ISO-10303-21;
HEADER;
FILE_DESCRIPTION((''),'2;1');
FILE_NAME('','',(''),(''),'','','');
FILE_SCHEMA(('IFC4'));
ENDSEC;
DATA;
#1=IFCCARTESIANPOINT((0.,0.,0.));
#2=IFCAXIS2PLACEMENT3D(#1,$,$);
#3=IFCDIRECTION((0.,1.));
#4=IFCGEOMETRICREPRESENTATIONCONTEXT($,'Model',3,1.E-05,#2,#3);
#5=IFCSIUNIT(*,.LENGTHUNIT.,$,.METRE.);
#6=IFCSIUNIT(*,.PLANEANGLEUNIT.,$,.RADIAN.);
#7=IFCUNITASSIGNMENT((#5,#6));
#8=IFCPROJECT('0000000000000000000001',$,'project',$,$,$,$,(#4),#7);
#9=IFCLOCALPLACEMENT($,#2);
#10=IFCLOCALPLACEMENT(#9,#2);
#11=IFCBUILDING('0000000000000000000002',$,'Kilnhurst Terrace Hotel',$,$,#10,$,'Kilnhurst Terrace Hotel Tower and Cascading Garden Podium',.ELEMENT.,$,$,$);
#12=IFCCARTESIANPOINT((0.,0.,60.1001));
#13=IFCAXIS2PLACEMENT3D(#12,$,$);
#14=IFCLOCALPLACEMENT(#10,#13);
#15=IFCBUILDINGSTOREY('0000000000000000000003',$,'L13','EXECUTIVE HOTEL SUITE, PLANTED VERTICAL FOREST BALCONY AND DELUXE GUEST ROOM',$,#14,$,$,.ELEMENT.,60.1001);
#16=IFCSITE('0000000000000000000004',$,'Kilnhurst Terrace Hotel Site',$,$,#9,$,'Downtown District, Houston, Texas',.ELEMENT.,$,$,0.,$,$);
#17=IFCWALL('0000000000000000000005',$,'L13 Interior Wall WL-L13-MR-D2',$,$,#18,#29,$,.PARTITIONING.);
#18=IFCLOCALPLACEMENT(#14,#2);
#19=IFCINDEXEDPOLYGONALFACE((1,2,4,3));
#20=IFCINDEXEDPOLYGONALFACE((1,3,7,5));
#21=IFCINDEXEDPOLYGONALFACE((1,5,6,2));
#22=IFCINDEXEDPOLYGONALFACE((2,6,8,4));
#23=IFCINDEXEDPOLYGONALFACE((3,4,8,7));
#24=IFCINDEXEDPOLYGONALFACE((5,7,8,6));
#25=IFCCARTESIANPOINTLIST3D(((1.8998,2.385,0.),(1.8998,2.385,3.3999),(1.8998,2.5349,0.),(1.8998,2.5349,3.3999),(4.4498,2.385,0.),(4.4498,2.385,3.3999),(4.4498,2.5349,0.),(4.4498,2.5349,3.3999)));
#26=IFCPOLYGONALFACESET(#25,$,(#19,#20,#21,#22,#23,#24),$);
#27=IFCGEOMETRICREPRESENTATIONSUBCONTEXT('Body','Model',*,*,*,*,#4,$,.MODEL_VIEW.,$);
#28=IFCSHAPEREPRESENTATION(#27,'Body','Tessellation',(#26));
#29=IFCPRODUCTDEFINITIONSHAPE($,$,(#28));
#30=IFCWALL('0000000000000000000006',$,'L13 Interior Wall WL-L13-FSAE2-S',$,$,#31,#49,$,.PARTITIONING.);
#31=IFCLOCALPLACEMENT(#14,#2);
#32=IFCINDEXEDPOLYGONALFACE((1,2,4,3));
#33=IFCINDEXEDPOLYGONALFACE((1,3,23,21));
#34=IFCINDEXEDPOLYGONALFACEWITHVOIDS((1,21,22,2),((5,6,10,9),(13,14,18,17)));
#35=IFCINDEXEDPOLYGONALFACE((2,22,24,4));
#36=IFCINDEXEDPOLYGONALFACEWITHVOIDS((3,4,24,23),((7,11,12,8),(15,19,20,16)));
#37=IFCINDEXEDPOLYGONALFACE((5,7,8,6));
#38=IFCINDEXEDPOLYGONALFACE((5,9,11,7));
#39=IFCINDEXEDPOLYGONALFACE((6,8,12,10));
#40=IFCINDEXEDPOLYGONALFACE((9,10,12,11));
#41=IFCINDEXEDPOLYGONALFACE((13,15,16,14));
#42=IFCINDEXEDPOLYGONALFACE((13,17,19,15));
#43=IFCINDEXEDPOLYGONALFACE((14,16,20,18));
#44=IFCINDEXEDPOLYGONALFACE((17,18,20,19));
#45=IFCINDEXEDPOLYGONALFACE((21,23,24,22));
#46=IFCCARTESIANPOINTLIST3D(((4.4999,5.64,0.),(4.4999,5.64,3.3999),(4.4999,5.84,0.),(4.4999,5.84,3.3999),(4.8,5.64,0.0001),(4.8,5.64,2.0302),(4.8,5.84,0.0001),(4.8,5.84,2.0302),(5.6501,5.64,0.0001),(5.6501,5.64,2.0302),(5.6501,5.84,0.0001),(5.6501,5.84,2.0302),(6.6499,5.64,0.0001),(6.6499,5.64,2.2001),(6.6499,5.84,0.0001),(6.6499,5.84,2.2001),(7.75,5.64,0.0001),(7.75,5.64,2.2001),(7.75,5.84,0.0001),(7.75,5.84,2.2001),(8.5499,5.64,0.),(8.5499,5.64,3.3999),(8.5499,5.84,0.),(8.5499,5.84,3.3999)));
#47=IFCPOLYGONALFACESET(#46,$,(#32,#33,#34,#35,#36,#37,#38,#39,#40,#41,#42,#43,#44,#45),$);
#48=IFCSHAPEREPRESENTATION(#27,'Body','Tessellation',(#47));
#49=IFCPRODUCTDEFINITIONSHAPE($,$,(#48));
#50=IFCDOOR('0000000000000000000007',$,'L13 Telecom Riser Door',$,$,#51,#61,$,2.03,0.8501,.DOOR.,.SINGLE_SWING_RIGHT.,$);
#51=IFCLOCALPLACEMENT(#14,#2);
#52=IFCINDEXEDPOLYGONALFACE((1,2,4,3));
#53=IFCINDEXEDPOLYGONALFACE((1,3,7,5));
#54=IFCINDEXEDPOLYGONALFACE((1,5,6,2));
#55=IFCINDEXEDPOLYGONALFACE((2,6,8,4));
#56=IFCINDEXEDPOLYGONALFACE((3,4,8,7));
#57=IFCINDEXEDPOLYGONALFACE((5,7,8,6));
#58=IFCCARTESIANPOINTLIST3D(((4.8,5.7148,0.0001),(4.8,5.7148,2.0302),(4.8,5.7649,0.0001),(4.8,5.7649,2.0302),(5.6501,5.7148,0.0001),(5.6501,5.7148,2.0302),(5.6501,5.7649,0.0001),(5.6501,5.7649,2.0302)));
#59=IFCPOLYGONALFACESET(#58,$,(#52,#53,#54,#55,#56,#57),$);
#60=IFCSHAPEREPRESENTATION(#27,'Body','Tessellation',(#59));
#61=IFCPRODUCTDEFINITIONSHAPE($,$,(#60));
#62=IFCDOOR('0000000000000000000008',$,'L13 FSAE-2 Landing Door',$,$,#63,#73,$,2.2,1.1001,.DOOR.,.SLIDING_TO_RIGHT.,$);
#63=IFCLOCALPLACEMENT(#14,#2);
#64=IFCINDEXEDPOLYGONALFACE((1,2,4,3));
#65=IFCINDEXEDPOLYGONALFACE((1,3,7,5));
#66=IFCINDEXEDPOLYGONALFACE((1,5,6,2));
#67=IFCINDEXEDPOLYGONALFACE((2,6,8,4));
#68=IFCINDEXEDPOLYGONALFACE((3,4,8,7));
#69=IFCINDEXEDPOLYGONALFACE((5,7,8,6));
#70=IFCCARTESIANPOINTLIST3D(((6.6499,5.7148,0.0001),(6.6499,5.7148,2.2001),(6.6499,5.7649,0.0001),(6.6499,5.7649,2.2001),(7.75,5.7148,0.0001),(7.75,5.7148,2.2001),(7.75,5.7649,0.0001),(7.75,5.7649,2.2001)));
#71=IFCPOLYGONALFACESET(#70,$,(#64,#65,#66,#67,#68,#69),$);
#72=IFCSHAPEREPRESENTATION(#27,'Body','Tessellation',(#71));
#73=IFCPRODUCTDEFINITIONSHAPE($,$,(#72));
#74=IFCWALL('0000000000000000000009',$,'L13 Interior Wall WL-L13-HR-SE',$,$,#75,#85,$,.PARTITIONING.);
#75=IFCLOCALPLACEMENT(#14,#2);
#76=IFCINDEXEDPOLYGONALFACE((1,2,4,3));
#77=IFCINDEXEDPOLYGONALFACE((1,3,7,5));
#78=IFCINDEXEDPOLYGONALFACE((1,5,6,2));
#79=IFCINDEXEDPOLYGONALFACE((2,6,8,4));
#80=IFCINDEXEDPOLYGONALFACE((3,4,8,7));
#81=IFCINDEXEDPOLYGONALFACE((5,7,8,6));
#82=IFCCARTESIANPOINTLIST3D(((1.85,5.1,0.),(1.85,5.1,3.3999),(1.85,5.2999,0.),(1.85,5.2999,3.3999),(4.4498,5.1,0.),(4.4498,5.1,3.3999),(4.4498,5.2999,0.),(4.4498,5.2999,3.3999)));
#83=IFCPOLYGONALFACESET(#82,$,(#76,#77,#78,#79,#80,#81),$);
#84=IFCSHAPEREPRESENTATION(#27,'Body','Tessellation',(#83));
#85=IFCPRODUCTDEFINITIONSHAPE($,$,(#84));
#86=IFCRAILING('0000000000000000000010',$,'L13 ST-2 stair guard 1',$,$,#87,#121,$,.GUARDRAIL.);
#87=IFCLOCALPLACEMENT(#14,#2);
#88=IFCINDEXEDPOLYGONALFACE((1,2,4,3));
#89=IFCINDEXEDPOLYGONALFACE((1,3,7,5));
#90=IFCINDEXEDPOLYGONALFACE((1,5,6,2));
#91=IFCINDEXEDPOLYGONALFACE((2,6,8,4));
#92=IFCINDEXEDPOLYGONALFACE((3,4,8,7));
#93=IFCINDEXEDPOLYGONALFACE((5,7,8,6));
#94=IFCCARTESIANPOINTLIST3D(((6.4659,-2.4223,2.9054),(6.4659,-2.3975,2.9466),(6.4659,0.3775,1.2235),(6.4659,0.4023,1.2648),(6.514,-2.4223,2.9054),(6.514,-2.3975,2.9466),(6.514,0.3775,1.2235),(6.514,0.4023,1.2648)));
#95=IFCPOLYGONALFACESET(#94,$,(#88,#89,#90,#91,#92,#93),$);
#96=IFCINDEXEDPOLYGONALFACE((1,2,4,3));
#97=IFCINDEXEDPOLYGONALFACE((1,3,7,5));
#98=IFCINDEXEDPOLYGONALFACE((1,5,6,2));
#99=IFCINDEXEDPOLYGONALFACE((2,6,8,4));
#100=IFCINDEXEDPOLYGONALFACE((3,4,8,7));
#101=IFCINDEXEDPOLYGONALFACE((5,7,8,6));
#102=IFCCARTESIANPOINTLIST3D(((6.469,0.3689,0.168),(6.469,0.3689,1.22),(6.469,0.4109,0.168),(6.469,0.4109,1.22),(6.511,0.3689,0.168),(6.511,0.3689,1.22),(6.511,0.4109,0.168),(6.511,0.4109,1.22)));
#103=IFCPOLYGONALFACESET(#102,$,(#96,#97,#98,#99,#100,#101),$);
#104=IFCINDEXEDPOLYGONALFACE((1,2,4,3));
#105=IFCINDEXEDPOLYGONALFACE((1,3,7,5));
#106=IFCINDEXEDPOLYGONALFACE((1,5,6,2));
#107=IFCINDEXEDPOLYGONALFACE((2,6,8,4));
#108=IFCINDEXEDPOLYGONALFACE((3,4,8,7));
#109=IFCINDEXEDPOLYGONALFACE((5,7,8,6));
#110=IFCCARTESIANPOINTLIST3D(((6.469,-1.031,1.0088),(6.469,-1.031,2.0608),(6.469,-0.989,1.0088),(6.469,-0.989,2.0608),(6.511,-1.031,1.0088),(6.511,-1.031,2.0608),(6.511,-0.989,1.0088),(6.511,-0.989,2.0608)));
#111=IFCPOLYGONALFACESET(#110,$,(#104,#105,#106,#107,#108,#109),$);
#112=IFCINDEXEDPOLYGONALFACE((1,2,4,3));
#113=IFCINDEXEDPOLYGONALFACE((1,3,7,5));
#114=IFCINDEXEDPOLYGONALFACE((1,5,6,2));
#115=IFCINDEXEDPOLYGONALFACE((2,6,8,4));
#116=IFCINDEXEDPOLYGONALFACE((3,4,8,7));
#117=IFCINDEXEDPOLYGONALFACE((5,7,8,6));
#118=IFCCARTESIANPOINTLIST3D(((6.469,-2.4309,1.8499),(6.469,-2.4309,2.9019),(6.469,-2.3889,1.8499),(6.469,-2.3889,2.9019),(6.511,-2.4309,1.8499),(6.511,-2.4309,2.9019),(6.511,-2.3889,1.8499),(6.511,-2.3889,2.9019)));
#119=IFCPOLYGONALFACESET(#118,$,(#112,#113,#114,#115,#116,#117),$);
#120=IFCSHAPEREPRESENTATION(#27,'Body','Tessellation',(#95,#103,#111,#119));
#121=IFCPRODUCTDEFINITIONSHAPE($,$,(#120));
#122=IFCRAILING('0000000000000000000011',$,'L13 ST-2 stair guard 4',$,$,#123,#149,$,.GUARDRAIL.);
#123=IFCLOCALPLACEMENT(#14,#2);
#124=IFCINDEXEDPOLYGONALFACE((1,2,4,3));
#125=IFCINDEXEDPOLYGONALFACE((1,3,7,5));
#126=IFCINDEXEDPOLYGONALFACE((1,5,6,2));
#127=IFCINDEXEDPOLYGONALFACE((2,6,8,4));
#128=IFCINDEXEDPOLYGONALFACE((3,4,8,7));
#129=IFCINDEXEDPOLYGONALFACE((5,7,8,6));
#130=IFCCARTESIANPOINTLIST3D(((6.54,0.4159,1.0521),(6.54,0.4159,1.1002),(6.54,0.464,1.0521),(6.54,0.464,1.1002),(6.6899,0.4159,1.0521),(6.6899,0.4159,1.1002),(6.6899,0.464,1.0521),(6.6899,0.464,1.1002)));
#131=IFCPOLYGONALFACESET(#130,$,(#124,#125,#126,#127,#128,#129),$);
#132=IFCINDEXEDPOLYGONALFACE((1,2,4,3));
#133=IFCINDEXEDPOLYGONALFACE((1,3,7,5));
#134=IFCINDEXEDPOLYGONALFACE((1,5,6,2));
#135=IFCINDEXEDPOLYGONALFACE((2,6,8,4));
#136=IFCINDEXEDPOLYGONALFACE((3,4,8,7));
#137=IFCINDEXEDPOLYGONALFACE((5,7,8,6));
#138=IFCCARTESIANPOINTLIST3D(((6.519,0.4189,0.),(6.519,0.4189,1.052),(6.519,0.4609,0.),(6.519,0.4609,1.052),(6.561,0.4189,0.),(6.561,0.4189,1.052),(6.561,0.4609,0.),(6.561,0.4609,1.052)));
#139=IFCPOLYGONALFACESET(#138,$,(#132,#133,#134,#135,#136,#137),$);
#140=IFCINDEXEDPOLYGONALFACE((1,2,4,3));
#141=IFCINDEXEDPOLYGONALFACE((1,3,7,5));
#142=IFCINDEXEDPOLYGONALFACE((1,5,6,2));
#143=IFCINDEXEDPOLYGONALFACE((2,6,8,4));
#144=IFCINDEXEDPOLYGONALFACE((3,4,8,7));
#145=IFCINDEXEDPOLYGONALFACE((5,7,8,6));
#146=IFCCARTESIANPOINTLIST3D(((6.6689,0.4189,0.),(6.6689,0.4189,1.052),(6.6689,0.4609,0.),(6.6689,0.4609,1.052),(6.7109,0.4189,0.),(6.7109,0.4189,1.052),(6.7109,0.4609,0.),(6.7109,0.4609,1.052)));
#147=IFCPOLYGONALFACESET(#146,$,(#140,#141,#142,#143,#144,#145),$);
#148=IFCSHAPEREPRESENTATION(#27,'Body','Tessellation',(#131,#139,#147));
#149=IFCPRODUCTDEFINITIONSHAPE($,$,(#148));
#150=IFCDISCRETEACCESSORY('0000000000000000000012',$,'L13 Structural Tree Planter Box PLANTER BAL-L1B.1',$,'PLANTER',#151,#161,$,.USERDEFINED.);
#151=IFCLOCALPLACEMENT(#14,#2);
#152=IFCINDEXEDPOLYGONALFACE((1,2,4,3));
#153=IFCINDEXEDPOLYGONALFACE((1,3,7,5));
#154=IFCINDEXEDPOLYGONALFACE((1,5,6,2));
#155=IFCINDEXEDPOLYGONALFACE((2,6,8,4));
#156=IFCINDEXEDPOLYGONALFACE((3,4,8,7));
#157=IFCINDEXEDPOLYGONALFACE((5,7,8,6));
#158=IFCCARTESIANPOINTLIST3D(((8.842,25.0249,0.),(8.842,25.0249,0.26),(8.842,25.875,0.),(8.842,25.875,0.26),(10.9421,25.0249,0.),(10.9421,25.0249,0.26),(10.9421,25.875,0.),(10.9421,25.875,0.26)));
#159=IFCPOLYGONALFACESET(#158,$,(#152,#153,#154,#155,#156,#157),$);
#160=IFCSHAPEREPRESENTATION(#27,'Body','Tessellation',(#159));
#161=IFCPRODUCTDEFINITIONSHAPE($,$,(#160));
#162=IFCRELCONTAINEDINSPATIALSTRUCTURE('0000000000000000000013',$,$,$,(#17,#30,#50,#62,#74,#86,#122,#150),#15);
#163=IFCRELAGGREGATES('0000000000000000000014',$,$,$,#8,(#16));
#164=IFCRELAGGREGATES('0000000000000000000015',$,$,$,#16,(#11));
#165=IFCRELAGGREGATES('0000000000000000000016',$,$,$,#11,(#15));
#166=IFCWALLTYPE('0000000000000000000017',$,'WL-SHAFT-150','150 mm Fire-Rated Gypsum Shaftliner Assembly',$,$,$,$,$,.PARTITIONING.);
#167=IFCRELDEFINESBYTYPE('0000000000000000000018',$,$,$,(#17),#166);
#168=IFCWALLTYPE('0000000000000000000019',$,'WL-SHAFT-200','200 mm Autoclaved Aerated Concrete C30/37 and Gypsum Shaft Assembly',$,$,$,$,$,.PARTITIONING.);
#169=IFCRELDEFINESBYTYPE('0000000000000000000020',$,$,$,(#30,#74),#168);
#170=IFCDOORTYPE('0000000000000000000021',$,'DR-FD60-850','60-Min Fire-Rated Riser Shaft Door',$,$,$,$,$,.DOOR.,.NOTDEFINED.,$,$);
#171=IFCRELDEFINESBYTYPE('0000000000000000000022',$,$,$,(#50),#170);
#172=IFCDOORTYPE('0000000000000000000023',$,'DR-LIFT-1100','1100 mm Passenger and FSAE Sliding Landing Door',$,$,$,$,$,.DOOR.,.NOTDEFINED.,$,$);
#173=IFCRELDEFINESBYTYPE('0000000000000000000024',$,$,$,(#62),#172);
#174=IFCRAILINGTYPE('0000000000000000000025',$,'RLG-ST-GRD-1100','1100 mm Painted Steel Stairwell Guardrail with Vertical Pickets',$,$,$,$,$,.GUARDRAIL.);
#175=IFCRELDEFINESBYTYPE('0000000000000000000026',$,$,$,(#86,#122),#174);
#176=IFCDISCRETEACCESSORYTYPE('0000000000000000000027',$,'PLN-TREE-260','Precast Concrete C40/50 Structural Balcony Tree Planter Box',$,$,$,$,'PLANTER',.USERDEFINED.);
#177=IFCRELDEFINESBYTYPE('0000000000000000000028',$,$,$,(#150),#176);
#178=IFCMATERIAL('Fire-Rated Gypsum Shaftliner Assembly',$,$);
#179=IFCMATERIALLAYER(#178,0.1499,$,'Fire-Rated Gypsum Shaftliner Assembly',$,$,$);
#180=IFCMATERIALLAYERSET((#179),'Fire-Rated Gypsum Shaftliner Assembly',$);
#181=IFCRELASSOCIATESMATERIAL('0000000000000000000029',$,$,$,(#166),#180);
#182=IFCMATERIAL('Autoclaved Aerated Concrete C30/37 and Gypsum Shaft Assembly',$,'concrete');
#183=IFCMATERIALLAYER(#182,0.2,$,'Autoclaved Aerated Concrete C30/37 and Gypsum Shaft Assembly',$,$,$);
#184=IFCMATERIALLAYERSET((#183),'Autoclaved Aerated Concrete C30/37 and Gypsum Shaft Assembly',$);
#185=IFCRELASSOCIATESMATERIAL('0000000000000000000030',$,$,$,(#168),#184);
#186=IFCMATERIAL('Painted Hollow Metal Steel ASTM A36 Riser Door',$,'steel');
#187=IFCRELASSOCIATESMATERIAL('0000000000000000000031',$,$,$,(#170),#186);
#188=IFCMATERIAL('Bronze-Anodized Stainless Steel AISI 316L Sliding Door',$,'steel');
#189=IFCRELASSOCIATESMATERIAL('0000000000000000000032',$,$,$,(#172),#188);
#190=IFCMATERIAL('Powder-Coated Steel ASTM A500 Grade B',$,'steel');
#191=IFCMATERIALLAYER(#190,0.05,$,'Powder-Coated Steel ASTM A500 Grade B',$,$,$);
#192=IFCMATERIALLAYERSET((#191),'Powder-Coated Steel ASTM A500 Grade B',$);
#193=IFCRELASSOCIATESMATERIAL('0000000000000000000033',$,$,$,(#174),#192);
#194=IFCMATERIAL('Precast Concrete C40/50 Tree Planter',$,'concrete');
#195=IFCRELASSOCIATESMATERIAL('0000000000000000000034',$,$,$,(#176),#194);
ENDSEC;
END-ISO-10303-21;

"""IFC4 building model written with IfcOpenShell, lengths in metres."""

from ifc_helpers import new_model, si_unit, direction, frame, frame_2d, origin, origin_2d, place, context, subcontext, project, spatial, rectangle, extrude, material, layer, layer_set, type_object, element, fill, save


model = new_model("IFC4")

# Units and contexts
model_context = context("Model", 3, precision=1e-05, world=origin(), true_north=direction((0.0, 1.0)))
body_context = subcontext(model_context, "Body", "Model", "MODEL_VIEW")
ifc_project = project(units=[si_unit("LENGTHUNIT", "METRE"), si_unit("PLANEANGLEUNIT", "RADIAN")], contexts=[model_context])

# Site, building, storey
site_placement = place(None, origin())
site = spatial("IfcSite", under=ifc_project, at=site_placement, Name="Kilnhurst Terrace Hotel Site", LongName="Downtown District, Houston, Texas", CompositionType="ELEMENT", RefElevation=0.0)
building_placement = place(site_placement, origin())
building = spatial("IfcBuilding", under=site, at=building_placement, Name="Kilnhurst Terrace Hotel", LongName="Kilnhurst Terrace Hotel Tower and Cascading Garden Podium", CompositionType="ELEMENT")
storey_placement = place(building_placement, frame((0.0, 0.0, 60.1001)))
storey = spatial("IfcBuildingStorey", under=building, at=storey_placement, Name="L13", Description="EXECUTIVE HOTEL SUITE, PLANTED VERTICAL FOREST BALCONY AND DELUXE GUEST ROOM", CompositionType="ELEMENT", Elevation=60.1001)

# Wall
ifc_material_1 = material(Name="Fire-Rated Gypsum Shaftliner Assembly")
ifc_layer_1 = layer(ifc_material_1, 0.1499, Name="Fire-Rated Gypsum Shaftliner Assembly")
ifc_layer_set_1 = layer_set([ifc_layer_1], Name="Fire-Rated Gypsum Shaftliner Assembly")
wall_type_1 = type_object("IfcWallType", Name="WL-SHAFT-150", Description="150 mm Fire-Rated Gypsum Shaftliner Assembly", PredefinedType="PARTITIONING", material=ifc_layer_set_1)
for number, where, z_axis, x_axis, name in (
    (1, (1.8999, 2.46, 0.0), (0.0, 0.0, 1.0), (1.0, 0.0, 0.0), "L13 Interior Wall WL-L13-MR-D2"),
):
    element("IfcWall", number, at=place(storey_placement, frame(where, z_axis=z_axis, x_axis=x_axis)), inside=storey, type_object=wall_type_1, Name=name, PredefinedType="PARTITIONING", context=body_context, shape_type="SweptSolid", body=[
        extrude(rectangle(XDim=2.55, YDim=0.1499, at=frame_2d((1.2749, 0.0))), origin(), (0.0, 0.0, 1.0), 3.3999),
    ])

# Wall, openings, doors
ifc_material_2 = material(Name="Autoclaved Aerated Concrete C30/37 and Gypsum Shaft Assembly", Category="concrete")
ifc_layer_2 = layer(ifc_material_2, 0.2, Name="Autoclaved Aerated Concrete C30/37 and Gypsum Shaft Assembly")
ifc_layer_set_2 = layer_set([ifc_layer_2], Name="Autoclaved Aerated Concrete C30/37 and Gypsum Shaft Assembly")
wall_type_2 = type_object("IfcWallType", Name="WL-SHAFT-200", Description="200 mm Autoclaved Aerated Concrete C30/37 and Gypsum Shaft Assembly", PredefinedType="PARTITIONING", material=ifc_layer_set_2)
wall_1_placement = place(storey_placement, frame((4.5, 5.74, 0.0), z_axis=(0.0, 0.0, 1.0), x_axis=(1.0, 0.0, 0.0)))
wall_1 = element("IfcWall", 2, at=wall_1_placement, inside=storey, type_object=wall_type_2, Name="L13 Interior Wall WL-L13-FSAE2-S", PredefinedType="PARTITIONING", context=body_context, shape_type="SweptSolid", body=[
    extrude(rectangle(XDim=4.05, YDim=0.2, at=frame_2d((2.0249, 0.0))), origin(), (0.0, 0.0, 1.0), 3.3999),
])
opening_1_placement = place(wall_1_placement, frame((0.3, 0.0, 0.0)))
opening_1 = element("IfcOpeningElement", 3, at=opening_1_placement, cuts=wall_1, PredefinedType="OPENING", context=body_context, shape_type="SweptSolid", body=[
    extrude(rectangle(XDim=0.8501, YDim=2.03, at=frame_2d((0.425, 1.0151))), frame((0.0, 0.1099, 0.0), z_axis=(0.0, -1.0, 0.0), x_axis=(1.0, 0.0, 0.0)), (0.0, 0.0, 1.0), 0.22),
])
opening_2_placement = place(wall_1_placement, frame((2.1499, 0.0, 0.0)))
opening_2 = element("IfcOpeningElement", 4, at=opening_2_placement, cuts=wall_1, PredefinedType="OPENING", context=body_context, shape_type="SweptSolid", body=[
    extrude(rectangle(XDim=1.1001, YDim=2.2, at=frame_2d((0.55, 1.1001))), frame((0.0, 0.1099, 0.0), z_axis=(0.0, -1.0, 0.0), x_axis=(1.0, 0.0, 0.0)), (0.0, 0.0, 1.0), 0.22),
])
ifc_material_3 = material(Name="Painted Hollow Metal Steel ASTM A36 Riser Door", Category="steel")
door_type_1 = type_object("IfcDoorType", Name="DR-FD60-850", Description="60-Min Fire-Rated Riser Shaft Door", OperationType="NOTDEFINED", PredefinedType="DOOR", material=ifc_material_3)
door_1_placement = place(opening_1_placement, origin())
door_1 = element("IfcDoor", 5, at=door_1_placement, inside=storey, type_object=door_type_1, Name="L13 Telecom Riser Door", OperationType="SINGLE_SWING_RIGHT", OverallHeight=2.03, OverallWidth=0.8501, PredefinedType="DOOR", context=body_context, shape_type="SweptSolid", body=[
    extrude(rectangle(XDim=0.8501, YDim=2.03, at=frame_2d((0.425, 1.0151))), frame((0.0, 0.0249, 0.0), z_axis=(0.0, -1.0, 0.0), x_axis=(1.0, 0.0, 0.0)), (0.0, 0.0, 1.0), 0.05),
])
fill(opening_1, door_1)
ifc_material_4 = material(Name="Bronze-Anodized Stainless Steel AISI 316L Sliding Door", Category="steel")
door_type_2 = type_object("IfcDoorType", Name="DR-LIFT-1100", Description="1100 mm Passenger and FSAE Sliding Landing Door", OperationType="NOTDEFINED", PredefinedType="DOOR", material=ifc_material_4)
door_2_placement = place(opening_2_placement, origin())
door_2 = element("IfcDoor", 6, at=door_2_placement, inside=storey, type_object=door_type_2, Name="L13 FSAE-2 Landing Door", OperationType="SLIDING_TO_RIGHT", OverallHeight=2.2, OverallWidth=1.1001, PredefinedType="DOOR", context=body_context, shape_type="SweptSolid", body=[
    extrude(rectangle(XDim=1.1001, YDim=2.2, at=frame_2d((0.55, 1.1001))), frame((0.0, 0.0249, 0.0), z_axis=(0.0, -1.0, 0.0), x_axis=(1.0, 0.0, 0.0)), (0.0, 0.0, 1.0), 0.05),
])
fill(opening_2, door_2)

# Wall
wall_2_placement = place(storey_placement, frame((1.8501, 5.2, 0.0), z_axis=(0.0, 0.0, 1.0), x_axis=(1.0, 0.0, 0.0)))
element("IfcWall", 7, at=wall_2_placement, inside=storey, type_object=wall_type_2, Name="L13 Interior Wall WL-L13-HR-SE", PredefinedType="PARTITIONING", context=body_context, shape_type="SweptSolid", body=[
    extrude(rectangle(XDim=2.5999, YDim=0.2, at=frame_2d((1.2998, 0.0))), origin(), (0.0, 0.0, 1.0), 3.3999),
])

# Railings
ifc_material_5 = material(Name="Powder-Coated Steel ASTM A500 Grade B", Category="steel")
ifc_layer_3 = layer(ifc_material_5, 0.05, Name="Powder-Coated Steel ASTM A500 Grade B")
ifc_layer_set_3 = layer_set([ifc_layer_3], Name="Powder-Coated Steel ASTM A500 Grade B")
railing_type = type_object("IfcRailingType", Name="RLG-ST-GRD-1100", Description="1100 mm Painted Steel Stairwell Guardrail with Vertical Pickets", PredefinedType="GUARDRAIL", material=ifc_layer_set_3)
railing_1_placement = place(storey_placement, frame((6.49, 0.3899, 0.168)))
element("IfcRailing", 8, at=railing_1_placement, inside=storey, type_object=railing_type, Name="L13 ST-2 stair guard 1", PredefinedType="GUARDRAIL", context=body_context, shape_type="SweptSolid", body=[
    extrude(rectangle(XDim=0.0481, YDim=0.0481, at=origin_2d()), frame((0.0, 0.0, 1.0762), z_axis=(0.0, -0.857222, 0.514946), x_axis=(1.0, 0.0, 0.0)), (0.0, 0.0, 1.0), 3.2661),
    extrude(rectangle(XDim=0.042, YDim=0.042, at=origin_2d()), origin(), (0.0, 0.0, 1.0), 1.052),
    extrude(rectangle(XDim=0.042, YDim=0.042, at=origin_2d()), frame((0.0, -1.3999, 0.8408)), (0.0, 0.0, 1.0), 1.052),
    extrude(rectangle(XDim=0.042, YDim=0.042, at=origin_2d()), frame((0.0, -2.7998, 1.6819)), (0.0, 0.0, 1.0), 1.052),
])
railing_2_placement = place(storey_placement, frame((6.54, 0.4399, 0.0)))
element("IfcRailing", 9, at=railing_2_placement, inside=storey, type_object=railing_type, Name="L13 ST-2 stair guard 4", PredefinedType="GUARDRAIL", context=body_context, shape_type="SweptSolid", body=[
    extrude(rectangle(XDim=0.0481, YDim=0.0481, at=origin_2d()), frame((0.0, 0.0, 1.0762), z_axis=(1.0, 0.0, 0.0), x_axis=(0.0, 1.0, 0.0)), (0.0, 0.0, 1.0), 0.1499),
    extrude(rectangle(XDim=0.042, YDim=0.042, at=origin_2d()), origin(), (0.0, 0.0, 1.0), 1.052),
    extrude(rectangle(XDim=0.042, YDim=0.042, at=origin_2d()), frame((0.1499, 0.0, 0.0)), (0.0, 0.0, 1.0), 1.052),
])

# Discrete accessory
ifc_material_6 = material(Name="Precast Concrete C40/50 Tree Planter", Category="concrete")
discrete_accessory_type = type_object("IfcDiscreteAccessoryType", Name="PLN-TREE-260", Description="Precast Concrete C40/50 Structural Balcony Tree Planter Box", ElementType="PLANTER", PredefinedType="USERDEFINED", material=ifc_material_6)
discrete_accessory_placement = place(storey_placement, frame((9.8921, 25.45, 0.0), z_axis=(0.0, 0.0, 1.0), x_axis=(-1.0, 0.0, 0.0)))
element("IfcDiscreteAccessory", 10, at=discrete_accessory_placement, inside=storey, type_object=discrete_accessory_type, Name="L13 Structural Tree Planter Box PLANTER BAL-L1B.1", ObjectType="PLANTER", PredefinedType="USERDEFINED", context=body_context, shape_type="SweptSolid", body=[
    extrude(rectangle(XDim=2.1001, YDim=0.8501, at=origin_2d()), origin(), (0.0, 0.0, 1.0), 0.26),
])

save(model, "model.ifc")
